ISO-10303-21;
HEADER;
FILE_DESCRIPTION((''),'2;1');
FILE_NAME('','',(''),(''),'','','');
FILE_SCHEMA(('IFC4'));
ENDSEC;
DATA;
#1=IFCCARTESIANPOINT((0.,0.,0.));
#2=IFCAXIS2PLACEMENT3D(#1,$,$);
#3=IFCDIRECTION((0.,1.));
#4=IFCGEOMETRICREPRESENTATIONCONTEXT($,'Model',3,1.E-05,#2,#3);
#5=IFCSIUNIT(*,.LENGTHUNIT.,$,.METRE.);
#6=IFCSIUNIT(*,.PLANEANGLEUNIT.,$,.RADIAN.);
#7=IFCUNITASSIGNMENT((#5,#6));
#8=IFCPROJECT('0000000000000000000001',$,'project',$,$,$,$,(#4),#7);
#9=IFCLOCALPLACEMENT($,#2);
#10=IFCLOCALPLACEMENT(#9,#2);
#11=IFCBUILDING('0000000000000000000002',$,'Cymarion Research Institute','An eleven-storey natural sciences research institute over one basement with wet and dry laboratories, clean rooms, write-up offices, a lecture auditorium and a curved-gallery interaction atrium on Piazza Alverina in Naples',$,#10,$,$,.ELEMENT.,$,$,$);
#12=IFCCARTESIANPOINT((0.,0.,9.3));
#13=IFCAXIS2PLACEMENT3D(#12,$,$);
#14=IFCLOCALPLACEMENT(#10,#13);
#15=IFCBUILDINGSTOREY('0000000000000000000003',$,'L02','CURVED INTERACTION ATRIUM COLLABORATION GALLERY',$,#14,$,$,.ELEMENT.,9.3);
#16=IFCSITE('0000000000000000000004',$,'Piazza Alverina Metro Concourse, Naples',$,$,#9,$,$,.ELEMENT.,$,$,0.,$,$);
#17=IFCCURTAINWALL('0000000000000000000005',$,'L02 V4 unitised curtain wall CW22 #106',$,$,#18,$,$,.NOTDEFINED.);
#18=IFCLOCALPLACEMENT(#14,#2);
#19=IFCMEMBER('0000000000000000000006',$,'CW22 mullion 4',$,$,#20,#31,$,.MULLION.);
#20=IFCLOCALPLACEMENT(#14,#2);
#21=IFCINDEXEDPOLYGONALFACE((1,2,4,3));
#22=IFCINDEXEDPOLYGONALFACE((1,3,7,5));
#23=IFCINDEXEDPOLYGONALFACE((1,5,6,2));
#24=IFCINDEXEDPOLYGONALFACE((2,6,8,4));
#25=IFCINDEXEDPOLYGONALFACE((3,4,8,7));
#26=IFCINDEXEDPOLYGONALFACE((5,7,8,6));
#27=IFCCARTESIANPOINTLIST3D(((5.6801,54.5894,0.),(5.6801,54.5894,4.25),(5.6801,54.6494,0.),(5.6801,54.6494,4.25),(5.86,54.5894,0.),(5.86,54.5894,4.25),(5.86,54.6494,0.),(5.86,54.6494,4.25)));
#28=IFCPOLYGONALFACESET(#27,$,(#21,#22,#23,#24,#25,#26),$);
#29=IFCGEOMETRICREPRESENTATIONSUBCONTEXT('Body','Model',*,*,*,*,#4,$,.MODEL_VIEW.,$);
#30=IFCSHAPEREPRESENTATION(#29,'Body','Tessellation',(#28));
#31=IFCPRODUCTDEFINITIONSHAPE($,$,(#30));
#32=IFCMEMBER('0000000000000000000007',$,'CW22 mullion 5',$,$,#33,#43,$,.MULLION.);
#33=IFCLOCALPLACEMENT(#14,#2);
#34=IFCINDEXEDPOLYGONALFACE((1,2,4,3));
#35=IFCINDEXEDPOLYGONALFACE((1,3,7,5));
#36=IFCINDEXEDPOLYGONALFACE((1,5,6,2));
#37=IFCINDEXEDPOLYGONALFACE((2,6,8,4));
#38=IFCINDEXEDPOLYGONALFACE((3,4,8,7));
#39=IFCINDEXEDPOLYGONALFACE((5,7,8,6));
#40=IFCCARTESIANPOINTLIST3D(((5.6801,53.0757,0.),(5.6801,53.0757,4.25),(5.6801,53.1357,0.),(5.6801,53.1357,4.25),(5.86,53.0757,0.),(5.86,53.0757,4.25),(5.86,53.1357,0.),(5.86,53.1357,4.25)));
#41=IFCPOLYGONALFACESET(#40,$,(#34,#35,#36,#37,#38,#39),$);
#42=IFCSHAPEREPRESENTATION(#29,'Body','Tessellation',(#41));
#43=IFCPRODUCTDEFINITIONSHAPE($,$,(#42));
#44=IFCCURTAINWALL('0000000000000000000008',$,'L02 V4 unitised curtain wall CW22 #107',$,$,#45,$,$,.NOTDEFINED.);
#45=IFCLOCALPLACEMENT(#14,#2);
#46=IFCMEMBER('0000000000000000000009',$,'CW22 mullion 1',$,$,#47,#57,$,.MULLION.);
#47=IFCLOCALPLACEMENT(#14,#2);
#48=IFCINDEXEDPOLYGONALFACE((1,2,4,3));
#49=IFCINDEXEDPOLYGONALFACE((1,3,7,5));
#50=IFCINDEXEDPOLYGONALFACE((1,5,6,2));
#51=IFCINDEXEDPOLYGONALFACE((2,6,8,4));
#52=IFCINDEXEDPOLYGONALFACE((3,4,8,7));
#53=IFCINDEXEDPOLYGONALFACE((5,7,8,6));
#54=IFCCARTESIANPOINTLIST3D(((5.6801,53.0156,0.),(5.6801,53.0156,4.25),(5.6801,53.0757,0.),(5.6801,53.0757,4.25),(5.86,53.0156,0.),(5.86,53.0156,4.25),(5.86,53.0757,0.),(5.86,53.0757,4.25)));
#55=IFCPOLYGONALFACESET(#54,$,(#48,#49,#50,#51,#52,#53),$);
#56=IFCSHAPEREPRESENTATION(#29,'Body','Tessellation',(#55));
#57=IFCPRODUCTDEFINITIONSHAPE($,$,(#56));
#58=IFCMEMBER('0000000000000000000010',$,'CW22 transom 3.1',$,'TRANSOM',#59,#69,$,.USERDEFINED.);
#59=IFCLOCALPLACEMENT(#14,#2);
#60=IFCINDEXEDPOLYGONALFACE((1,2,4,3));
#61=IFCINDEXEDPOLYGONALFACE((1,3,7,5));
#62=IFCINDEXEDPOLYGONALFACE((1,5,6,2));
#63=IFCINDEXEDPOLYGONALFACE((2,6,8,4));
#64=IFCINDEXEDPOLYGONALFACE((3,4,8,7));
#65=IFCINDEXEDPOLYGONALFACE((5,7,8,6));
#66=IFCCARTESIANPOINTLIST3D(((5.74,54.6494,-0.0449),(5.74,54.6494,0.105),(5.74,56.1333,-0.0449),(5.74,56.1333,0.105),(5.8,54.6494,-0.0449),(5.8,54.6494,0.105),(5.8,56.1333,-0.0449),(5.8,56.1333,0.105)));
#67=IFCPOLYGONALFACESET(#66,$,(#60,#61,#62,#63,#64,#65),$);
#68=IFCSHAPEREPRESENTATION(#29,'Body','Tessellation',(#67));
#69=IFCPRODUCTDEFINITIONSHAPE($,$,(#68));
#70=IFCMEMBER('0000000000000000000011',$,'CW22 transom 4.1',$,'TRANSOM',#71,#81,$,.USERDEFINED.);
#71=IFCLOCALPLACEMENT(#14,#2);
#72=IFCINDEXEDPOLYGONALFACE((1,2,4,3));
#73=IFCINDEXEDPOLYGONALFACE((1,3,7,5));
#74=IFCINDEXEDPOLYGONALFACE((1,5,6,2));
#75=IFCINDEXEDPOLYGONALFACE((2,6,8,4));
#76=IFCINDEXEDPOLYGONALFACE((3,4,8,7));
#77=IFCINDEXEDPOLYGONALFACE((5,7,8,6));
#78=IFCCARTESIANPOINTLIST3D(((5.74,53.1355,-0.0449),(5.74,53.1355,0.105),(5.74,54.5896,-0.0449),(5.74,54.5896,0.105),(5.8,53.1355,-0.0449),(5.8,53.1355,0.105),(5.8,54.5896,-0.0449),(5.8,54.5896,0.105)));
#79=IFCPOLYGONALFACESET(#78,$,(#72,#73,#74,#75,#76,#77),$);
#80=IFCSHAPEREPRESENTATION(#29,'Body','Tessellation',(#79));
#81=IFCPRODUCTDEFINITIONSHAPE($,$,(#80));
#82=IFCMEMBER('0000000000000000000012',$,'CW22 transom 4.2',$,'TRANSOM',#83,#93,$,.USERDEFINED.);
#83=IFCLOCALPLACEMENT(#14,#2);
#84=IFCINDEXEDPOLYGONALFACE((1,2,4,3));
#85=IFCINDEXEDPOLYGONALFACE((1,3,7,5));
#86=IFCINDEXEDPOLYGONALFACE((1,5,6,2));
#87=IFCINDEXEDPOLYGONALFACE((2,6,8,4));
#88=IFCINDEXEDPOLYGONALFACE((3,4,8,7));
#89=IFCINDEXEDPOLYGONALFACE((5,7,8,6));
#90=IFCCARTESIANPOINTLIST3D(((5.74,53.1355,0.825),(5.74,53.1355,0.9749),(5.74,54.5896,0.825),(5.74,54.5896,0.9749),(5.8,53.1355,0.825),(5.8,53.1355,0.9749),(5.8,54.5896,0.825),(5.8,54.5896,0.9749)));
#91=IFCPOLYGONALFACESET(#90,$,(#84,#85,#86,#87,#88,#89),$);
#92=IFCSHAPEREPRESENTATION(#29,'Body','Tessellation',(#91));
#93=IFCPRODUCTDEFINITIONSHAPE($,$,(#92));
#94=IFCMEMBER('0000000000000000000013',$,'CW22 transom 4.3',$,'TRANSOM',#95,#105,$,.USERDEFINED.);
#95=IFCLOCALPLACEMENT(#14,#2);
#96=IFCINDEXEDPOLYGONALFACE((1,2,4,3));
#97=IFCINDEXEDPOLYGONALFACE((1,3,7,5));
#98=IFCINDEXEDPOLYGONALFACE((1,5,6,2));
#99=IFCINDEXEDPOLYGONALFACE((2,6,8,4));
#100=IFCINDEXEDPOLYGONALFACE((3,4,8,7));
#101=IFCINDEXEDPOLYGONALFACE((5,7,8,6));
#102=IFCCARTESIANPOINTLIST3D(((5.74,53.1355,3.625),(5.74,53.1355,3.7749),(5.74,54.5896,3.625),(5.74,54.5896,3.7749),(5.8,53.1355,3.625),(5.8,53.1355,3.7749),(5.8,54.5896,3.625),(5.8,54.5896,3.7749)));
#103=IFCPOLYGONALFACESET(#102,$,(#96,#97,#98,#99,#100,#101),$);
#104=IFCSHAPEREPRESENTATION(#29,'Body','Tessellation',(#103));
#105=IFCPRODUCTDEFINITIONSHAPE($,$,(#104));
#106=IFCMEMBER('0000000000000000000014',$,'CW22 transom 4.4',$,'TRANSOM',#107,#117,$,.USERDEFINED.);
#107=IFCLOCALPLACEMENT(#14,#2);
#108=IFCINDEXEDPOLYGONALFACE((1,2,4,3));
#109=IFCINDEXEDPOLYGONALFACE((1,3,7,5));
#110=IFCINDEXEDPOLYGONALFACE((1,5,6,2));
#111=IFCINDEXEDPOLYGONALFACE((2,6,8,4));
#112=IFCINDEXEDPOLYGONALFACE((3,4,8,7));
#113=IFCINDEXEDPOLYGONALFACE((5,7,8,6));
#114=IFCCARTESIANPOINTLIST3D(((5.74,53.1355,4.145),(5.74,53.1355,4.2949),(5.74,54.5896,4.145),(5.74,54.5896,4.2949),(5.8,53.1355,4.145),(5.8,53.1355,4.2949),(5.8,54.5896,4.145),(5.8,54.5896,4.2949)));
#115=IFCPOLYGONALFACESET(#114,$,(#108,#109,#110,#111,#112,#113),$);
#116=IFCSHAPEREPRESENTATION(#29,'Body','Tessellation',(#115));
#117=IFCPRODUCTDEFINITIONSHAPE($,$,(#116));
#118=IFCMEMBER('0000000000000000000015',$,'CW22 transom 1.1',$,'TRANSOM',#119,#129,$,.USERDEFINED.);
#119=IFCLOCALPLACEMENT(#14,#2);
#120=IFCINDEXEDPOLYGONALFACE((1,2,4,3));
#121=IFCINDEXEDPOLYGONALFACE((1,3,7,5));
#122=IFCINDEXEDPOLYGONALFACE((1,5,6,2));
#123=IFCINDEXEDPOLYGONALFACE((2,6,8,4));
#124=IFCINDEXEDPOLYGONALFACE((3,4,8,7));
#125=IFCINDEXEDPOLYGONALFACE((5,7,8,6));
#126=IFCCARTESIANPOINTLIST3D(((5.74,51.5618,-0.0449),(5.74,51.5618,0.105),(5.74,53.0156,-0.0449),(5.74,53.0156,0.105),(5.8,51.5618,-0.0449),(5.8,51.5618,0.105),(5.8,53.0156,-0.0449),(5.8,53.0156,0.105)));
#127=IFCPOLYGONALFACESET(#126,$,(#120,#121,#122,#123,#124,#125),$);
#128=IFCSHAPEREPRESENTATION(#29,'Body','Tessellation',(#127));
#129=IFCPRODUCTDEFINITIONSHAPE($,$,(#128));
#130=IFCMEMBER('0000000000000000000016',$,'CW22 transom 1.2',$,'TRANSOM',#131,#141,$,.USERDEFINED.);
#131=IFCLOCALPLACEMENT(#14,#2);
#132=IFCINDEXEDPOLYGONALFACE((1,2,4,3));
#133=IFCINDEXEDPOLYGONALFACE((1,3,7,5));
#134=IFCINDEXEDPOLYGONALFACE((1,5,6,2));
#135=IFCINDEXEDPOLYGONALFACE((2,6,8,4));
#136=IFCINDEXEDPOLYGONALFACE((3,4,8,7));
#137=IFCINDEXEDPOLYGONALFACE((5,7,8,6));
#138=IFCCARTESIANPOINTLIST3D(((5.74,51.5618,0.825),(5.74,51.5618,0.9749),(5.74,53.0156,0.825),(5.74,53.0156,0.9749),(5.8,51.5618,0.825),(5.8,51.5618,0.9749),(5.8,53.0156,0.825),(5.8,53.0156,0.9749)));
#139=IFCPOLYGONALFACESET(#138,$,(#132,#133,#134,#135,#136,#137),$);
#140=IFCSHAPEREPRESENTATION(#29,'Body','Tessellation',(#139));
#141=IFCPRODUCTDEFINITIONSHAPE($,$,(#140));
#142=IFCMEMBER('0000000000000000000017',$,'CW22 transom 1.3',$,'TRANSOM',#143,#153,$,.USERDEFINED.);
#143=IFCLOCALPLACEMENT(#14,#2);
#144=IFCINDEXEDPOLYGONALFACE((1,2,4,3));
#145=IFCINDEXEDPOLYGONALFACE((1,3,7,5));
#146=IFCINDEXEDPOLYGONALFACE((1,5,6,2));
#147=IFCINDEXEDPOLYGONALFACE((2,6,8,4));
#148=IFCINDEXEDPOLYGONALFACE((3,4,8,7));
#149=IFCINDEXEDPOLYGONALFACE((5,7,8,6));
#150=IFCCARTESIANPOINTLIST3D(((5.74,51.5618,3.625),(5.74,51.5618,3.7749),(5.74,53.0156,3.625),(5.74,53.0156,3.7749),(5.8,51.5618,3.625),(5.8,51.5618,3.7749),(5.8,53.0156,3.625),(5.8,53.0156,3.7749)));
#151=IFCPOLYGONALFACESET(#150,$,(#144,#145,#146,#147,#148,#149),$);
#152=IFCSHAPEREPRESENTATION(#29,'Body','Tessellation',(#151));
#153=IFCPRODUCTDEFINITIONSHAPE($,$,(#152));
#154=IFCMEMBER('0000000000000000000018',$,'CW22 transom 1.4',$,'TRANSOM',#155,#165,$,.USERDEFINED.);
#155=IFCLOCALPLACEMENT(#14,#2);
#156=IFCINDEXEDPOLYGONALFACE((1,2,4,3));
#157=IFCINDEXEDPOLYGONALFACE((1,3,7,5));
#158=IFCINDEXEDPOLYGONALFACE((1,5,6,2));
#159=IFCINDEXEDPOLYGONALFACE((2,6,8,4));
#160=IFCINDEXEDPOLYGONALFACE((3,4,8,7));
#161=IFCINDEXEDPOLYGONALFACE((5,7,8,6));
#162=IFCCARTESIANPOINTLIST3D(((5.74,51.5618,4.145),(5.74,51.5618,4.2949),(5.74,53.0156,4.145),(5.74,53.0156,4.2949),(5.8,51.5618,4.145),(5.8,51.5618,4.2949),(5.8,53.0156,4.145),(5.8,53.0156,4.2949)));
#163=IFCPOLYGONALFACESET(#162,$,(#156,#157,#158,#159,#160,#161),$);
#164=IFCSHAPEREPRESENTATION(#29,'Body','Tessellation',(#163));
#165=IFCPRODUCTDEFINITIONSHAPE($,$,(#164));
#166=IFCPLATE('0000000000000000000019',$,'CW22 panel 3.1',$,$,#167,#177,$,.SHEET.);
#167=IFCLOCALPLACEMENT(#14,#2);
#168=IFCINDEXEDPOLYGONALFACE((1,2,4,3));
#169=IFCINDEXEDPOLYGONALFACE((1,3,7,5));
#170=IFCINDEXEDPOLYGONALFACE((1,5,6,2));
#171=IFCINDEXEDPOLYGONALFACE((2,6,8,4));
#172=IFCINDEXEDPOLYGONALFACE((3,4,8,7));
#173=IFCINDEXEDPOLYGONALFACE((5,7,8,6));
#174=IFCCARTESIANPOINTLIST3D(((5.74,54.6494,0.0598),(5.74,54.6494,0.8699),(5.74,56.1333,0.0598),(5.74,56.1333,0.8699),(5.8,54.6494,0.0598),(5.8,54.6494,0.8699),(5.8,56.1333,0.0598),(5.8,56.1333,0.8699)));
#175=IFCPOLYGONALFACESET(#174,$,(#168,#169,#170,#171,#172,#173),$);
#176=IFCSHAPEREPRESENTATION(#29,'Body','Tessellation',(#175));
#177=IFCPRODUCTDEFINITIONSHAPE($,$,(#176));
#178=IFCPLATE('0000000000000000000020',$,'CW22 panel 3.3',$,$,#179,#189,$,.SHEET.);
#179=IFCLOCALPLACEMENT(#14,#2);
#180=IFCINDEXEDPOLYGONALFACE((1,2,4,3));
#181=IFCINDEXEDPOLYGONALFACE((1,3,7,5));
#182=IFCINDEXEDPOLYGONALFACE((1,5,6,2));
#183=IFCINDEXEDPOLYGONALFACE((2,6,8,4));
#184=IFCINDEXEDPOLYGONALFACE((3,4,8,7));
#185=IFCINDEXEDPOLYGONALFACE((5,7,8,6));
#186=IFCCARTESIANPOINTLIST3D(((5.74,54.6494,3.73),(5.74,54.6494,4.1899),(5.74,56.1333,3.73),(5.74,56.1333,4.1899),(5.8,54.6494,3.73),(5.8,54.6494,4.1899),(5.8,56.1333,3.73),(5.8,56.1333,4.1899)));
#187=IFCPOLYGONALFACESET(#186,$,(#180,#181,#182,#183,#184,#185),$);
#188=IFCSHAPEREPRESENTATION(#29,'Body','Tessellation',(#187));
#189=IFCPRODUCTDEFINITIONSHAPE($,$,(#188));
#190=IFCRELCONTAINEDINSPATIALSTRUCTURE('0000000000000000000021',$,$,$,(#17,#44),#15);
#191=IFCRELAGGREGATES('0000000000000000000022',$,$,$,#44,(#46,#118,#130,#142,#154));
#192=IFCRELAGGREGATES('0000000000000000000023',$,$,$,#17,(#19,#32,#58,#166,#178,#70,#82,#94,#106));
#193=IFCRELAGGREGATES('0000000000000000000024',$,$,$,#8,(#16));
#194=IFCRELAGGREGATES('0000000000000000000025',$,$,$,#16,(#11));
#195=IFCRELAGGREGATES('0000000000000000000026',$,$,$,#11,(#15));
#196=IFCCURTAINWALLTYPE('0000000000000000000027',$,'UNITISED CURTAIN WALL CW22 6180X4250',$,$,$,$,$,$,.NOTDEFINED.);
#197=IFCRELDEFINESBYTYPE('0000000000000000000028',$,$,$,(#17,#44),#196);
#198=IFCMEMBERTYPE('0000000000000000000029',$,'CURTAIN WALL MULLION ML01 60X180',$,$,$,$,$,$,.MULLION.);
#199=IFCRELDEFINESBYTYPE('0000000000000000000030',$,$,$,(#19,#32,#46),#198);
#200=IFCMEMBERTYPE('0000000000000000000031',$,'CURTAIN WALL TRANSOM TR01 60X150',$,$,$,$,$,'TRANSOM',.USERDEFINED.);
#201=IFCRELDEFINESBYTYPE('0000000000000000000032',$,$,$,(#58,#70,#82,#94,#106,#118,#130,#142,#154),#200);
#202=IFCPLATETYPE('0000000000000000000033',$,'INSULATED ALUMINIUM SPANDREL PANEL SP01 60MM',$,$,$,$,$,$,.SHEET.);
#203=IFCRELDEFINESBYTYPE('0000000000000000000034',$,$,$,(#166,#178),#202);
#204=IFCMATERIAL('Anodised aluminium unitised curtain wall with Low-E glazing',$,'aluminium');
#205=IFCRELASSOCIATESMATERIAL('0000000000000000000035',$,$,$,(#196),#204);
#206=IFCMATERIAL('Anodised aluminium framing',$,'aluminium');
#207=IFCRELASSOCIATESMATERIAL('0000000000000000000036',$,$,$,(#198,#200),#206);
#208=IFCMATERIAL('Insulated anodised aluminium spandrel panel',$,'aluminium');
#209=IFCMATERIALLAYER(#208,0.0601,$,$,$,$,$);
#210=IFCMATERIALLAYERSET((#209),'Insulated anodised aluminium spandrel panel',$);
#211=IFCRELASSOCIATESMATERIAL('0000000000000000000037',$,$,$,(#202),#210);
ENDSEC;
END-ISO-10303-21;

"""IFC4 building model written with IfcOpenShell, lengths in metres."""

from ifc_helpers import new_model, si_unit, direction, frame, origin, origin_2d, place, context, subcontext, project, spatial, rectangle, extrude, material, layer, layer_set, material_profile, profile_set, type_object, element, aggregate, save


model = new_model("IFC4")

# Units and contexts
model_context = context("Model", 3, precision=1e-05, world=origin(), true_north=direction((0.0, 1.0)))
body_context = subcontext(model_context, "Body", "Model", "MODEL_VIEW")
ifc_project = project(units=[si_unit("LENGTHUNIT", "METRE"), si_unit("PLANEANGLEUNIT", "RADIAN")], contexts=[model_context])

# Site, building, storey
site_placement = place(None, origin())
site = spatial("IfcSite", under=ifc_project, at=site_placement, Name="Piazza Alverina Metro Concourse, Naples", CompositionType="ELEMENT", RefElevation=0.0)
building_placement = place(site_placement, origin())
building = spatial("IfcBuilding", under=site, at=building_placement, Name="Cymarion Research Institute", Description="An eleven-storey natural sciences research institute over one basement with wet and dry laboratories, clean rooms, write-up offices, a lecture auditorium and a curved-gallery interaction atrium on Piazza Alverina in Naples", CompositionType="ELEMENT")
storey_placement = place(building_placement, frame((0.0, 0.0, 9.3)))
storey = spatial("IfcBuildingStorey", under=building, at=storey_placement, Name="L02", Description="CURVED INTERACTION ATRIUM COLLABORATION GALLERY", CompositionType="ELEMENT", Elevation=9.3)

# Curtain wall, members
ifc_material_1 = material(Name="Anodised aluminium unitised curtain wall with Low-E glazing", Category="aluminium")
curtain_wall_type = type_object("IfcCurtainWallType", Name="UNITISED CURTAIN WALL CW22 6180X4250", PredefinedType="NOTDEFINED", material=ifc_material_1)
curtain_wall_1_placement = place(storey_placement, origin())
curtain_wall_1 = element("IfcCurtainWall", 1, at=curtain_wall_1_placement, inside=storey, type_object=curtain_wall_type, Name="L02 V4 unitised curtain wall CW22 #106", PredefinedType="NOTDEFINED")
ifc_material_2 = material(Name="Anodised aluminium framing", Category="aluminium")
ifc_material_profile_1 = material_profile(ifc_material_2, rectangle(XDim=0.0601, YDim=0.1799, at=origin_2d()), Name="ALU MULLION 60x180")
ifc_profile_set_1 = profile_set([ifc_material_profile_1], Name="Anodised aluminium framing")
member_type_1 = type_object("IfcMemberType", Name="CURTAIN WALL MULLION ML01 60X180", PredefinedType="MULLION", material=ifc_profile_set_1)
member_1_placement = place(storey_placement, frame((5.77, 54.6194, 0.0), z_axis=(0.0, 0.0, 1.0), x_axis=(0.0, -1.0, 0.0)))
member_1 = element("IfcMember", 2, at=member_1_placement, type_object=member_type_1, Name="CW22 mullion 4", PredefinedType="MULLION", context=body_context, shape_type="SweptSolid", body=[
    extrude(rectangle(XDim=0.0601, YDim=0.1799, at=origin_2d()), origin(), (0.0, 0.0, 1.0), 4.25),
])
member_2_placement = place(storey_placement, frame((5.77, 53.1057, 0.0), z_axis=(0.0, 0.0, 1.0), x_axis=(0.0, -1.0, 0.0)))
member_2 = element("IfcMember", 3, at=member_2_placement, type_object=member_type_1, Name="CW22 mullion 5", PredefinedType="MULLION", context=body_context, shape_type="SweptSolid", body=[
    extrude(rectangle(XDim=0.0601, YDim=0.1799, at=origin_2d()), origin(), (0.0, 0.0, 1.0), 4.25),
])

# Curtain wall, member
curtain_wall_2_placement = place(storey_placement, origin())
curtain_wall_2 = element("IfcCurtainWall", 4, at=curtain_wall_2_placement, inside=storey, type_object=curtain_wall_type, Name="L02 V4 unitised curtain wall CW22 #107", PredefinedType="NOTDEFINED")
member_3_placement = place(storey_placement, frame((5.77, 53.0457, 0.0), z_axis=(0.0, 0.0, 1.0), x_axis=(0.0, -1.0, 0.0)))
member_3 = element("IfcMember", 5, at=member_3_placement, type_object=member_type_1, Name="CW22 mullion 1", PredefinedType="MULLION", context=body_context, shape_type="SweptSolid", body=[
    extrude(rectangle(XDim=0.0601, YDim=0.1799, at=origin_2d()), origin(), (0.0, 0.0, 1.0), 4.25),
])

# Members
ifc_material_profile_2 = material_profile(ifc_material_2, rectangle(XDim=0.0601, YDim=0.1499, at=origin_2d()), Name="ALU TRANSOM 60x150")
ifc_profile_set_2 = profile_set([ifc_material_profile_2], Name="Anodised aluminium framing")
member_type_2 = type_object("IfcMemberType", Name="CURTAIN WALL TRANSOM TR01 60X150", ElementType="TRANSOM", PredefinedType="USERDEFINED", material=ifc_profile_set_2)
member_4_placement = place(storey_placement, frame((5.77, 56.1333, 0.03), z_axis=(0.0, -1.0, 0.0), x_axis=(1.0, 0.0, 0.0)))
member_4 = element("IfcMember", 6, at=member_4_placement, type_object=member_type_2, Name="CW22 transom 3.1", ObjectType="TRANSOM", PredefinedType="USERDEFINED", context=body_context, shape_type="SweptSolid", body=[
    extrude(rectangle(XDim=0.0601, YDim=0.1499, at=origin_2d()), origin(), (0.0, 0.0, 1.0), 1.4839),
])
member_5_placement = place(storey_placement, frame((5.77, 54.5896, 0.03), z_axis=(0.0, -1.0, 0.0), x_axis=(1.0, 0.0, 0.0)))
member_5 = element("IfcMember", 7, at=member_5_placement, type_object=member_type_2, Name="CW22 transom 4.1", ObjectType="TRANSOM", PredefinedType="USERDEFINED", context=body_context, shape_type="SweptSolid", body=[
    extrude(rectangle(XDim=0.0601, YDim=0.1499, at=origin_2d()), origin(), (0.0, 0.0, 1.0), 1.4541),
])
member_6_placement = place(storey_placement, frame((5.77, 54.5896, 0.8999), z_axis=(0.0, -1.0, 0.0), x_axis=(1.0, 0.0, 0.0)))
member_6 = element("IfcMember", 8, at=member_6_placement, type_object=member_type_2, Name="CW22 transom 4.2", ObjectType="TRANSOM", PredefinedType="USERDEFINED", context=body_context, shape_type="SweptSolid", body=[
    extrude(rectangle(XDim=0.0601, YDim=0.1499, at=origin_2d()), origin(), (0.0, 0.0, 1.0), 1.4541),
])
member_7_placement = place(storey_placement, frame((5.77, 54.5896, 3.7), z_axis=(0.0, -1.0, 0.0), x_axis=(1.0, 0.0, 0.0)))
member_7 = element("IfcMember", 9, at=member_7_placement, type_object=member_type_2, Name="CW22 transom 4.3", ObjectType="TRANSOM", PredefinedType="USERDEFINED", context=body_context, shape_type="SweptSolid", body=[
    extrude(rectangle(XDim=0.0601, YDim=0.1499, at=origin_2d()), origin(), (0.0, 0.0, 1.0), 1.4541),
])
member_8_placement = place(storey_placement, frame((5.77, 54.5896, 4.22), z_axis=(0.0, -1.0, 0.0), x_axis=(1.0, 0.0, 0.0)))
member_8 = element("IfcMember", 10, at=member_8_placement, type_object=member_type_2, Name="CW22 transom 4.4", ObjectType="TRANSOM", PredefinedType="USERDEFINED", context=body_context, shape_type="SweptSolid", body=[
    extrude(rectangle(XDim=0.0601, YDim=0.1499, at=origin_2d()), origin(), (0.0, 0.0, 1.0), 1.4541),
])
member_9_placement = place(storey_placement, frame((5.77, 53.0156, 0.03), z_axis=(0.0, -1.0, 0.0), x_axis=(1.0, 0.0, 0.0)))
member_9 = element("IfcMember", 11, at=member_9_placement, type_object=member_type_2, Name="CW22 transom 1.1", ObjectType="TRANSOM", PredefinedType="USERDEFINED", context=body_context, shape_type="SweptSolid", body=[
    extrude(rectangle(XDim=0.0601, YDim=0.1499, at=origin_2d()), origin(), (0.0, 0.0, 1.0), 1.4539),
])
member_10_placement = place(storey_placement, frame((5.77, 53.0156, 0.8999), z_axis=(0.0, -1.0, 0.0), x_axis=(1.0, 0.0, 0.0)))
member_10 = element("IfcMember", 12, at=member_10_placement, type_object=member_type_2, Name="CW22 transom 1.2", ObjectType="TRANSOM", PredefinedType="USERDEFINED", context=body_context, shape_type="SweptSolid", body=[
    extrude(rectangle(XDim=0.0601, YDim=0.1499, at=origin_2d()), origin(), (0.0, 0.0, 1.0), 1.4539),
])
member_11_placement = place(storey_placement, frame((5.77, 53.0156, 3.7), z_axis=(0.0, -1.0, 0.0), x_axis=(1.0, 0.0, 0.0)))
member_11 = element("IfcMember", 13, at=member_11_placement, type_object=member_type_2, Name="CW22 transom 1.3", ObjectType="TRANSOM", PredefinedType="USERDEFINED", context=body_context, shape_type="SweptSolid", body=[
    extrude(rectangle(XDim=0.0601, YDim=0.1499, at=origin_2d()), origin(), (0.0, 0.0, 1.0), 1.4539),
])
member_12_placement = place(storey_placement, frame((5.77, 53.0156, 4.22), z_axis=(0.0, -1.0, 0.0), x_axis=(1.0, 0.0, 0.0)))
member_12 = element("IfcMember", 14, at=member_12_placement, type_object=member_type_2, Name="CW22 transom 1.4", ObjectType="TRANSOM", PredefinedType="USERDEFINED", context=body_context, shape_type="SweptSolid", body=[
    extrude(rectangle(XDim=0.0601, YDim=0.1499, at=origin_2d()), origin(), (0.0, 0.0, 1.0), 1.4539),
])
aggregate(curtain_wall_2, [member_3, member_9, member_10, member_11, member_12])

# Plates
ifc_material_3 = material(Name="Insulated anodised aluminium spandrel panel", Category="aluminium")
ifc_layer_1 = layer(ifc_material_3, 0.0601)
ifc_layer_set_1 = layer_set([ifc_layer_1], Name="Insulated anodised aluminium spandrel panel")
plate_type_1 = type_object("IfcPlateType", Name="INSULATED ALUMINIUM SPANDREL PANEL SP01 60MM", PredefinedType="SHEET", material=ifc_layer_set_1)
plate_1_placement = place(storey_placement, frame((5.77, 55.3914, 0.0598), z_axis=(0.0, 0.0, 1.0), x_axis=(0.0, -1.0, 0.0)))
plate_1 = element("IfcPlate", 15, at=plate_1_placement, type_object=plate_type_1, Name="CW22 panel 3.1", PredefinedType="SHEET", context=body_context, shape_type="SweptSolid", body=[
    extrude(rectangle(XDim=1.4839, YDim=0.0601, at=origin_2d()), origin(), (0.0, 0.0, 1.0), 0.8101),
])
plate_2_placement = place(storey_placement, frame((5.77, 55.3914, 3.73), z_axis=(0.0, 0.0, 1.0), x_axis=(0.0, -1.0, 0.0)))
plate_2 = element("IfcPlate", 16, at=plate_2_placement, type_object=plate_type_1, Name="CW22 panel 3.3", PredefinedType="SHEET", context=body_context, shape_type="SweptSolid", body=[
    extrude(rectangle(XDim=1.4839, YDim=0.0601, at=origin_2d()), origin(), (0.0, 0.0, 1.0), 0.46),
])
aggregate(curtain_wall_1, [member_1, member_2, member_4, plate_1, plate_2, member_5, member_6, member_7, member_8])

save(model, "model.ifc")
